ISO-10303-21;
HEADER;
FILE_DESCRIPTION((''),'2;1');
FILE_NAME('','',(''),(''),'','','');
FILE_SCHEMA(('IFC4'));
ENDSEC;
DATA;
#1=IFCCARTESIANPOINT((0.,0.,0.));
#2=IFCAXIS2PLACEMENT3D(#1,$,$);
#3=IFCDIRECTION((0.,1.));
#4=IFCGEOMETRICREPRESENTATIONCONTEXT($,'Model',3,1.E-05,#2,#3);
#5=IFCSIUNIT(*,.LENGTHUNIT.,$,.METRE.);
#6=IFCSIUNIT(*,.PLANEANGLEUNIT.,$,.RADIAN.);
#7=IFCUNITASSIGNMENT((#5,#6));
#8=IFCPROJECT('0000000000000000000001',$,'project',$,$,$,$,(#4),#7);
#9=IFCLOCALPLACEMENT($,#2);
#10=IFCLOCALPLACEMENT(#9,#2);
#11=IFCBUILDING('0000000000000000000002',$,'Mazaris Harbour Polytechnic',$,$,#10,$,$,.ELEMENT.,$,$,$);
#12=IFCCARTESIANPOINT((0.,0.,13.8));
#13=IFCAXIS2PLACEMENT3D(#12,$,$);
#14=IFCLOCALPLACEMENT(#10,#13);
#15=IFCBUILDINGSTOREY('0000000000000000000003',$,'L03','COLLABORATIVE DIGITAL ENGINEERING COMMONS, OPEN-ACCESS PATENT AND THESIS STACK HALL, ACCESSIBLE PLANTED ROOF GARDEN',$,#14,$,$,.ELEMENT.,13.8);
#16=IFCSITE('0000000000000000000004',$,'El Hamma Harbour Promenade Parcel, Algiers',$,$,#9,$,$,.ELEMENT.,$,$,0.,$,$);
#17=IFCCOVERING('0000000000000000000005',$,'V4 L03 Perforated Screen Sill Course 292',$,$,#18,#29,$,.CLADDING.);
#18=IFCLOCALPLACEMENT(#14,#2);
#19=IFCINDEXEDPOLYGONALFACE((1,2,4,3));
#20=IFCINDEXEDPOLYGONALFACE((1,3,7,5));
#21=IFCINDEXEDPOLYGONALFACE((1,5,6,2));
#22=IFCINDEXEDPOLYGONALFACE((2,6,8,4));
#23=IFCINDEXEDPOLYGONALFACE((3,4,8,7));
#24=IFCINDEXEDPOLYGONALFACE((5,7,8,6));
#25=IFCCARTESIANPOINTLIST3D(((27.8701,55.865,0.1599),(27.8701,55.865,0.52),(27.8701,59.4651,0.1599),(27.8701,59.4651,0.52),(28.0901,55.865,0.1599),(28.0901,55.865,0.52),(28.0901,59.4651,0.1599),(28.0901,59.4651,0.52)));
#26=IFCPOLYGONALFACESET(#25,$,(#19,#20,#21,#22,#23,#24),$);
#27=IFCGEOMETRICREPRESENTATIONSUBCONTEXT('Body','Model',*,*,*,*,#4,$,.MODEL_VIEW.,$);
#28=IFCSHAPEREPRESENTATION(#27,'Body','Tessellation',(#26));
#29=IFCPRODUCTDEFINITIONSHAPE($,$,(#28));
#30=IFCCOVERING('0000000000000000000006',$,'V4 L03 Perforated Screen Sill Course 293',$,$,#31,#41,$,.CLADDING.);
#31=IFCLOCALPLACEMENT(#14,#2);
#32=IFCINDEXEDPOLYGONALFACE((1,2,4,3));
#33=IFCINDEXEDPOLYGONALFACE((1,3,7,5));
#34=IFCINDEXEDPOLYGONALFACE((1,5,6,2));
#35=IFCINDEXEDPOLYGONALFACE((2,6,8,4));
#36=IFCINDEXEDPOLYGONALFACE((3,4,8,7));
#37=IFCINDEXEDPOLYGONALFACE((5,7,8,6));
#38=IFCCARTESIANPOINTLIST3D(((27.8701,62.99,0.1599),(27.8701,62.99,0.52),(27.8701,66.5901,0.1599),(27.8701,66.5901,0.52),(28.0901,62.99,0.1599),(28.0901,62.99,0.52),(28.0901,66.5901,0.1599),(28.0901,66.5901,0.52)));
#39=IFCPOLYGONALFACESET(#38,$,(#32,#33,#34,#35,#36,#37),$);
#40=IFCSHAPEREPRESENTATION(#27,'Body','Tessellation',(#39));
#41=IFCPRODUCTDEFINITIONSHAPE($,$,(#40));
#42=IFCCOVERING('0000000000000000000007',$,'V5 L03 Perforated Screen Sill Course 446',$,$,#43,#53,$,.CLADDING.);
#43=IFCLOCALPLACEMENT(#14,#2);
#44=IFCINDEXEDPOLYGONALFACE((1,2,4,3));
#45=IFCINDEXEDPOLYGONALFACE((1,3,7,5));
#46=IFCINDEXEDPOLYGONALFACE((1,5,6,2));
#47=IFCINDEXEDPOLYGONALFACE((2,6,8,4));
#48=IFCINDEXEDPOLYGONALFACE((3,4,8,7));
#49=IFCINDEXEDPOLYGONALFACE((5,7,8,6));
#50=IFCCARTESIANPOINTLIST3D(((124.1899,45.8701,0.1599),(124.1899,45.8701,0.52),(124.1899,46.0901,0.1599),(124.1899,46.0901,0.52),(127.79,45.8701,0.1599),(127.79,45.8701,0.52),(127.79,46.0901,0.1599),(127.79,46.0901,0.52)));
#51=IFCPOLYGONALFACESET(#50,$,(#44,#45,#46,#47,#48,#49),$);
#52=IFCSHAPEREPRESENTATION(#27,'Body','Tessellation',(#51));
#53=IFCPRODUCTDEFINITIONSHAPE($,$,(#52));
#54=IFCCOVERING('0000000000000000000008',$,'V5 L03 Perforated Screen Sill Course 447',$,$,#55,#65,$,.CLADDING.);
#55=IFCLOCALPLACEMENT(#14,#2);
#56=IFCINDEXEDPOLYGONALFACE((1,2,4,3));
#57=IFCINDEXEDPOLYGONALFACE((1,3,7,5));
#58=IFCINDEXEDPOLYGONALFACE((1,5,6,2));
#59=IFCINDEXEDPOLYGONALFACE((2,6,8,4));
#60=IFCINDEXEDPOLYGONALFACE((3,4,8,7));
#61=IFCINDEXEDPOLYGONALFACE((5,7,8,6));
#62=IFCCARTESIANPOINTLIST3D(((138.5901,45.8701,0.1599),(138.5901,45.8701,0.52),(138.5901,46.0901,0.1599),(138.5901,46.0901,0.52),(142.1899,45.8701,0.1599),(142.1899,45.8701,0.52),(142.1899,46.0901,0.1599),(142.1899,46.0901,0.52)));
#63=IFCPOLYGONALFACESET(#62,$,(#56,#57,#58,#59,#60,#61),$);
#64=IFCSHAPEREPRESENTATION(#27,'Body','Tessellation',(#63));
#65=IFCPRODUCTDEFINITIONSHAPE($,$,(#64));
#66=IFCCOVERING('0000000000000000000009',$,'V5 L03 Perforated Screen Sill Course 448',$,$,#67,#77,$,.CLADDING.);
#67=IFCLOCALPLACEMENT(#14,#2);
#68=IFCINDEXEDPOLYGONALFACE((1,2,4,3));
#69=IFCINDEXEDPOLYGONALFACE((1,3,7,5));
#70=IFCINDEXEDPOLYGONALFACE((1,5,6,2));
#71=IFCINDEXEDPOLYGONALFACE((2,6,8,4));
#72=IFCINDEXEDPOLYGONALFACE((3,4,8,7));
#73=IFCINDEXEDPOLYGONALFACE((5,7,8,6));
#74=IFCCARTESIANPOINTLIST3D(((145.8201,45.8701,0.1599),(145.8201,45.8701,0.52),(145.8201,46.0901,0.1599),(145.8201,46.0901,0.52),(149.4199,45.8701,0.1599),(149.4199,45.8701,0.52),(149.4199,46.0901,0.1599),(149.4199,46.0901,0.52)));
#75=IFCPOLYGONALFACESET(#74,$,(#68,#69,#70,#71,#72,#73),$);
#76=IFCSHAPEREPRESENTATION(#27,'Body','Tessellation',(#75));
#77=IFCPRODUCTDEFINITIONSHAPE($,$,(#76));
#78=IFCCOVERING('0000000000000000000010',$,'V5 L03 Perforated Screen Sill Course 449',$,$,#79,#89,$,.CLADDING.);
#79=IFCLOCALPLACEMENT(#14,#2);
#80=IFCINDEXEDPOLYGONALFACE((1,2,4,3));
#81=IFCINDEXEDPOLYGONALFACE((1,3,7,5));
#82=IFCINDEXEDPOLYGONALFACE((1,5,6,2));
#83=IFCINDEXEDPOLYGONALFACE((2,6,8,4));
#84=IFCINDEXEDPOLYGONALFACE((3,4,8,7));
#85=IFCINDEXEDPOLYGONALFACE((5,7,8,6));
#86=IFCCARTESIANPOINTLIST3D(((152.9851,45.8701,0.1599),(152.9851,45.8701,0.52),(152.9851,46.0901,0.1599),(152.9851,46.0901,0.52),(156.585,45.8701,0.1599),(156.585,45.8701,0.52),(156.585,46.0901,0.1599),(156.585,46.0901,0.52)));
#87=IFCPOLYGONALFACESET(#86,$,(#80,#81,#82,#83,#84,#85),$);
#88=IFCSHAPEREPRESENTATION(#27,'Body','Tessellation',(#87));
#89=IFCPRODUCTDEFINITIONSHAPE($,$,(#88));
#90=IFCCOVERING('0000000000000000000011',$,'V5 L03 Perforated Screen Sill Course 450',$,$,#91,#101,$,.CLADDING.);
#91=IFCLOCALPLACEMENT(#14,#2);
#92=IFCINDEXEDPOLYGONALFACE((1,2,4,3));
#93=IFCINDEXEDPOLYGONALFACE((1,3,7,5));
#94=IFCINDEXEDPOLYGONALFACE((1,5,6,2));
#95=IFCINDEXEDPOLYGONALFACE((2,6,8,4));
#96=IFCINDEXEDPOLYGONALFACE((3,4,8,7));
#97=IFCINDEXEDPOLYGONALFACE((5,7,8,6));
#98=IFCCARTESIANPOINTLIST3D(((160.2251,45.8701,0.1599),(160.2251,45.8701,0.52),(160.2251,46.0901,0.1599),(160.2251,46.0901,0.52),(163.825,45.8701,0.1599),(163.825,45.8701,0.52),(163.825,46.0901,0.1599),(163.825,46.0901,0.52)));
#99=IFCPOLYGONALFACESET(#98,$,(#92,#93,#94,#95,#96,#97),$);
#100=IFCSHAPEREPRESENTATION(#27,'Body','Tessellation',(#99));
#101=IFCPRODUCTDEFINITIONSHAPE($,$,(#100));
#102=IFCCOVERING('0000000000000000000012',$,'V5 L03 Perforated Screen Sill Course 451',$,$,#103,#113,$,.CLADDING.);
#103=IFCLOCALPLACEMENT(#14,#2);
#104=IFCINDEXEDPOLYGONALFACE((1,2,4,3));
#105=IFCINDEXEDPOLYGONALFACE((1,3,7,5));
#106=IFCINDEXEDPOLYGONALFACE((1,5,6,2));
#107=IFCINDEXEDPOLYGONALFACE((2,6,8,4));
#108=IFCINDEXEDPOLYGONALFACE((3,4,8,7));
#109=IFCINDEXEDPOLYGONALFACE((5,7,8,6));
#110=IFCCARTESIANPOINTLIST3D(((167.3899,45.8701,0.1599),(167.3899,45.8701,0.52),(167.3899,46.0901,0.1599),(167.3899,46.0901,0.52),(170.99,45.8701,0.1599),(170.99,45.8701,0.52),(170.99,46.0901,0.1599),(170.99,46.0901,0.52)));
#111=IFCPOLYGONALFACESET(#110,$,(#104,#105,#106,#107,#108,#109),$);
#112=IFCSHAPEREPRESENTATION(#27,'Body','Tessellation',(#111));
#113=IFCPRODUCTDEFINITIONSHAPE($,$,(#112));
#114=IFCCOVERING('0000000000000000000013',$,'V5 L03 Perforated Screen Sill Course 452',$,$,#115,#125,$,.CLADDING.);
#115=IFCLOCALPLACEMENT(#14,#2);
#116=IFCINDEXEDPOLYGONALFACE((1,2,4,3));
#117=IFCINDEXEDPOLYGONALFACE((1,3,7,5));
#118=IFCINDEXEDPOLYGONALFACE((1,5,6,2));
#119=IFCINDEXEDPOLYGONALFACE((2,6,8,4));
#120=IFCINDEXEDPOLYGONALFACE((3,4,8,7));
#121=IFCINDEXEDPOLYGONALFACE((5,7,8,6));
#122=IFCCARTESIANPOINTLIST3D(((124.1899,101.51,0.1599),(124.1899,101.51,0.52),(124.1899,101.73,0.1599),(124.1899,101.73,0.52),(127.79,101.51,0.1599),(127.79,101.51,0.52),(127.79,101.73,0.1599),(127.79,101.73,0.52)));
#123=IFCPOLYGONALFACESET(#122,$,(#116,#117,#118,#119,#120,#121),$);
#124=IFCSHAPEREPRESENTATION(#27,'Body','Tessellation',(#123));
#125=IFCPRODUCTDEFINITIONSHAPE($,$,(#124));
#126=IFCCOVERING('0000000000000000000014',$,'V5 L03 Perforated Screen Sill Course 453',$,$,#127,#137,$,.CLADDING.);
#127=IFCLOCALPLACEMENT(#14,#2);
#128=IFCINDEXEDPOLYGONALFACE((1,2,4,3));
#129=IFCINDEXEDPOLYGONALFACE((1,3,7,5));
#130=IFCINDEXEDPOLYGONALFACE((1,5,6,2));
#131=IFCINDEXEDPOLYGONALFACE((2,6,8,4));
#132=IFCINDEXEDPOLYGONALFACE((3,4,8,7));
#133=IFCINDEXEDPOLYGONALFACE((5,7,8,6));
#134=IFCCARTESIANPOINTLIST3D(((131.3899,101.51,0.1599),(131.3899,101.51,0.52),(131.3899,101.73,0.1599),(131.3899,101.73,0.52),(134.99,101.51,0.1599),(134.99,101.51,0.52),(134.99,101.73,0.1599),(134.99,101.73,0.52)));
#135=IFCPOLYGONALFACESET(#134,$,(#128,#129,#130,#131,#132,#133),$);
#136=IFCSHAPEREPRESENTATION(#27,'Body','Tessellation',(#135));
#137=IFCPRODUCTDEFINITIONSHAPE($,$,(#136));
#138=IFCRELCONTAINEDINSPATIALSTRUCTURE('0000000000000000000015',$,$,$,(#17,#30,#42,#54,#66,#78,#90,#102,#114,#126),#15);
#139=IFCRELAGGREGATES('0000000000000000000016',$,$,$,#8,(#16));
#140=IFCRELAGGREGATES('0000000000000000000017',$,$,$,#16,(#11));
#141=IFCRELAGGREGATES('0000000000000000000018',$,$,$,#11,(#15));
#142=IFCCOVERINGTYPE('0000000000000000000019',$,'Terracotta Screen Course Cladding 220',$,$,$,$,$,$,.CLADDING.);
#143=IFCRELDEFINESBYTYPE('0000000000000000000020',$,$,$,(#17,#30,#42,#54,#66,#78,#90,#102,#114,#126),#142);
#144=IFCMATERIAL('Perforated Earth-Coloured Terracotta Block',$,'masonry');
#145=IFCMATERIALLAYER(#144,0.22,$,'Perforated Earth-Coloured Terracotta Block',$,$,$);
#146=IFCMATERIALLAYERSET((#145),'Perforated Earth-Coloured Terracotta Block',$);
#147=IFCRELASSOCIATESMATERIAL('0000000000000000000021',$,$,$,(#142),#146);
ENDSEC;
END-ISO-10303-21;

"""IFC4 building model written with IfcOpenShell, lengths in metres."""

from ifc_helpers import new_model, si_unit, direction, frame, origin, place, context, subcontext, project, spatial, polyline, outline, extrude, material, layer, layer_set, type_object, element, save


model = new_model("IFC4")

# Units and contexts
model_context = context("Model", 3, precision=1e-05, world=origin(), true_north=direction((0.0, 1.0)))
body_context = subcontext(model_context, "Body", "Model", "MODEL_VIEW")
ifc_project = project(units=[si_unit("LENGTHUNIT", "METRE"), si_unit("PLANEANGLEUNIT", "RADIAN")], contexts=[model_context])

# Site, building, storey
site_placement = place(None, origin())
site = spatial("IfcSite", under=ifc_project, at=site_placement, Name="El Hamma Harbour Promenade Parcel, Algiers", CompositionType="ELEMENT", RefElevation=0.0)
building_placement = place(site_placement, origin())
building = spatial("IfcBuilding", under=site, at=building_placement, Name="Mazaris Harbour Polytechnic", CompositionType="ELEMENT")
storey_placement = place(building_placement, frame((0.0, 0.0, 13.8)))
storey = spatial("IfcBuildingStorey", under=building, at=storey_placement, Name="L03", Description="COLLABORATIVE DIGITAL ENGINEERING COMMONS, OPEN-ACCESS PATENT AND THESIS STACK HALL, ACCESSIBLE PLANTED ROOF GARDEN", CompositionType="ELEMENT", Elevation=13.8)

# Coverings
ifc_material = material(Name="Perforated Earth-Coloured Terracotta Block", Category="masonry")
ifc_layer = layer(ifc_material, 0.22, Name="Perforated Earth-Coloured Terracotta Block")
ifc_layer_set = layer_set([ifc_layer], Name="Perforated Earth-Coloured Terracotta Block")
covering_type = type_object("IfcCoveringType", Name="Terracotta Screen Course Cladding 220", PredefinedType="CLADDING", material=ifc_layer_set)
covering_1_placement = place(storey_placement, frame((0.0, 0.0, 0.1599)))
element("IfcCovering", 1, at=covering_1_placement, inside=storey, type_object=covering_type, Name="V4 L03 Perforated Screen Sill Course 292", PredefinedType="CLADDING", context=body_context, shape_type="SweptSolid", body=[
    extrude(outline(polyline([(28.0901, 59.4651), (28.0901, 55.865), (27.8701, 55.865), (27.8701, 59.4651), (28.0901, 59.4651)])), origin(), (0.0, 0.0, 1.0), 0.3601),
])
covering_2_placement = place(storey_placement, frame((0.0, 0.0, 0.1599)))
element("IfcCovering", 2, at=covering_2_placement, inside=storey, type_object=covering_type, Name="V4 L03 Perforated Screen Sill Course 293", PredefinedType="CLADDING", context=body_context, shape_type="SweptSolid", body=[
    extrude(outline(polyline([(28.0901, 66.5901), (28.0901, 62.99), (27.8701, 62.99), (27.8701, 66.5901), (28.0901, 66.5901)])), origin(), (0.0, 0.0, 1.0), 0.3601),
])
covering_3_placement = place(storey_placement, frame((0.0, 0.0, 0.1599)))
element("IfcCovering", 3, at=covering_3_placement, inside=storey, type_object=covering_type, Name="V5 L03 Perforated Screen Sill Course 446", PredefinedType="CLADDING", context=body_context, shape_type="SweptSolid", body=[
    extrude(outline(polyline([(127.79, 46.0901), (124.1899, 46.0901), (124.1899, 45.8701), (127.79, 45.8701), (127.79, 46.0901)])), origin(), (0.0, 0.0, 1.0), 0.3601),
])
covering_4_placement = place(storey_placement, frame((0.0, 0.0, 0.1599)))
element("IfcCovering", 4, at=covering_4_placement, inside=storey, type_object=covering_type, Name="V5 L03 Perforated Screen Sill Course 447", PredefinedType="CLADDING", context=body_context, shape_type="SweptSolid", body=[
    extrude(outline(polyline([(142.1899, 46.0901), (138.5901, 46.0901), (138.5901, 45.8701), (142.1899, 45.8701), (142.1899, 46.0901)])), origin(), (0.0, 0.0, 1.0), 0.3601),
])
covering_5_placement = place(storey_placement, frame((0.0, 0.0, 0.1599)))
element("IfcCovering", 5, at=covering_5_placement, inside=storey, type_object=covering_type, Name="V5 L03 Perforated Screen Sill Course 448", PredefinedType="CLADDING", context=body_context, shape_type="SweptSolid", body=[
    extrude(outline(polyline([(149.4199, 46.0901), (145.8201, 46.0901), (145.8201, 45.8701), (149.4199, 45.8701), (149.4199, 46.0901)])), origin(), (0.0, 0.0, 1.0), 0.3601),
])
covering_6_placement = place(storey_placement, frame((0.0, 0.0, 0.1599)))
element("IfcCovering", 6, at=covering_6_placement, inside=storey, type_object=covering_type, Name="V5 L03 Perforated Screen Sill Course 449", PredefinedType="CLADDING", context=body_context, shape_type="SweptSolid", body=[
    extrude(outline(polyline([(156.585, 46.0901), (152.9851, 46.0901), (152.9851, 45.8701), (156.585, 45.8701), (156.585, 46.0901)])), origin(), (0.0, 0.0, 1.0), 0.3601),
])
covering_7_placement = place(storey_placement, frame((0.0, 0.0, 0.1599)))
element("IfcCovering", 7, at=covering_7_placement, inside=storey, type_object=covering_type, Name="V5 L03 Perforated Screen Sill Course 450", PredefinedType="CLADDING", context=body_context, shape_type="SweptSolid", body=[
    extrude(outline(polyline([(163.825, 46.0901), (160.2251, 46.0901), (160.2251, 45.8701), (163.825, 45.8701), (163.825, 46.0901)])), origin(), (0.0, 0.0, 1.0), 0.3601),
])
covering_8_placement = place(storey_placement, frame((0.0, 0.0, 0.1599)))
element("IfcCovering", 8, at=covering_8_placement, inside=storey, type_object=covering_type, Name="V5 L03 Perforated Screen Sill Course 451", PredefinedType="CLADDING", context=body_context, shape_type="SweptSolid", body=[
    extrude(outline(polyline([(170.99, 46.0901), (167.3899, 46.0901), (167.3899, 45.8701), (170.99, 45.8701), (170.99, 46.0901)])), origin(), (0.0, 0.0, 1.0), 0.3601),
])
covering_9_placement = place(storey_placement, frame((0.0, 0.0, 0.1599)))
element("IfcCovering", 9, at=covering_9_placement, inside=storey, type_object=covering_type, Name="V5 L03 Perforated Screen Sill Course 452", PredefinedType="CLADDING", context=body_context, shape_type="SweptSolid", body=[
    extrude(outline(polyline([(124.1899, 101.51), (127.79, 101.51), (127.79, 101.73), (124.1899, 101.73), (124.1899, 101.51)])), origin(), (0.0, 0.0, 1.0), 0.3601),
])
covering_10_placement = place(storey_placement, frame((0.0, 0.0, 0.1599)))
element("IfcCovering", 10, at=covering_10_placement, inside=storey, type_object=covering_type, Name="V5 L03 Perforated Screen Sill Course 453", PredefinedType="CLADDING", context=body_context, shape_type="SweptSolid", body=[
    extrude(outline(polyline([(131.3899, 101.51), (134.99, 101.51), (134.99, 101.73), (131.3899, 101.73), (131.3899, 101.51)])), origin(), (0.0, 0.0, 1.0), 0.3601),
])

save(model, "model.ifc")
